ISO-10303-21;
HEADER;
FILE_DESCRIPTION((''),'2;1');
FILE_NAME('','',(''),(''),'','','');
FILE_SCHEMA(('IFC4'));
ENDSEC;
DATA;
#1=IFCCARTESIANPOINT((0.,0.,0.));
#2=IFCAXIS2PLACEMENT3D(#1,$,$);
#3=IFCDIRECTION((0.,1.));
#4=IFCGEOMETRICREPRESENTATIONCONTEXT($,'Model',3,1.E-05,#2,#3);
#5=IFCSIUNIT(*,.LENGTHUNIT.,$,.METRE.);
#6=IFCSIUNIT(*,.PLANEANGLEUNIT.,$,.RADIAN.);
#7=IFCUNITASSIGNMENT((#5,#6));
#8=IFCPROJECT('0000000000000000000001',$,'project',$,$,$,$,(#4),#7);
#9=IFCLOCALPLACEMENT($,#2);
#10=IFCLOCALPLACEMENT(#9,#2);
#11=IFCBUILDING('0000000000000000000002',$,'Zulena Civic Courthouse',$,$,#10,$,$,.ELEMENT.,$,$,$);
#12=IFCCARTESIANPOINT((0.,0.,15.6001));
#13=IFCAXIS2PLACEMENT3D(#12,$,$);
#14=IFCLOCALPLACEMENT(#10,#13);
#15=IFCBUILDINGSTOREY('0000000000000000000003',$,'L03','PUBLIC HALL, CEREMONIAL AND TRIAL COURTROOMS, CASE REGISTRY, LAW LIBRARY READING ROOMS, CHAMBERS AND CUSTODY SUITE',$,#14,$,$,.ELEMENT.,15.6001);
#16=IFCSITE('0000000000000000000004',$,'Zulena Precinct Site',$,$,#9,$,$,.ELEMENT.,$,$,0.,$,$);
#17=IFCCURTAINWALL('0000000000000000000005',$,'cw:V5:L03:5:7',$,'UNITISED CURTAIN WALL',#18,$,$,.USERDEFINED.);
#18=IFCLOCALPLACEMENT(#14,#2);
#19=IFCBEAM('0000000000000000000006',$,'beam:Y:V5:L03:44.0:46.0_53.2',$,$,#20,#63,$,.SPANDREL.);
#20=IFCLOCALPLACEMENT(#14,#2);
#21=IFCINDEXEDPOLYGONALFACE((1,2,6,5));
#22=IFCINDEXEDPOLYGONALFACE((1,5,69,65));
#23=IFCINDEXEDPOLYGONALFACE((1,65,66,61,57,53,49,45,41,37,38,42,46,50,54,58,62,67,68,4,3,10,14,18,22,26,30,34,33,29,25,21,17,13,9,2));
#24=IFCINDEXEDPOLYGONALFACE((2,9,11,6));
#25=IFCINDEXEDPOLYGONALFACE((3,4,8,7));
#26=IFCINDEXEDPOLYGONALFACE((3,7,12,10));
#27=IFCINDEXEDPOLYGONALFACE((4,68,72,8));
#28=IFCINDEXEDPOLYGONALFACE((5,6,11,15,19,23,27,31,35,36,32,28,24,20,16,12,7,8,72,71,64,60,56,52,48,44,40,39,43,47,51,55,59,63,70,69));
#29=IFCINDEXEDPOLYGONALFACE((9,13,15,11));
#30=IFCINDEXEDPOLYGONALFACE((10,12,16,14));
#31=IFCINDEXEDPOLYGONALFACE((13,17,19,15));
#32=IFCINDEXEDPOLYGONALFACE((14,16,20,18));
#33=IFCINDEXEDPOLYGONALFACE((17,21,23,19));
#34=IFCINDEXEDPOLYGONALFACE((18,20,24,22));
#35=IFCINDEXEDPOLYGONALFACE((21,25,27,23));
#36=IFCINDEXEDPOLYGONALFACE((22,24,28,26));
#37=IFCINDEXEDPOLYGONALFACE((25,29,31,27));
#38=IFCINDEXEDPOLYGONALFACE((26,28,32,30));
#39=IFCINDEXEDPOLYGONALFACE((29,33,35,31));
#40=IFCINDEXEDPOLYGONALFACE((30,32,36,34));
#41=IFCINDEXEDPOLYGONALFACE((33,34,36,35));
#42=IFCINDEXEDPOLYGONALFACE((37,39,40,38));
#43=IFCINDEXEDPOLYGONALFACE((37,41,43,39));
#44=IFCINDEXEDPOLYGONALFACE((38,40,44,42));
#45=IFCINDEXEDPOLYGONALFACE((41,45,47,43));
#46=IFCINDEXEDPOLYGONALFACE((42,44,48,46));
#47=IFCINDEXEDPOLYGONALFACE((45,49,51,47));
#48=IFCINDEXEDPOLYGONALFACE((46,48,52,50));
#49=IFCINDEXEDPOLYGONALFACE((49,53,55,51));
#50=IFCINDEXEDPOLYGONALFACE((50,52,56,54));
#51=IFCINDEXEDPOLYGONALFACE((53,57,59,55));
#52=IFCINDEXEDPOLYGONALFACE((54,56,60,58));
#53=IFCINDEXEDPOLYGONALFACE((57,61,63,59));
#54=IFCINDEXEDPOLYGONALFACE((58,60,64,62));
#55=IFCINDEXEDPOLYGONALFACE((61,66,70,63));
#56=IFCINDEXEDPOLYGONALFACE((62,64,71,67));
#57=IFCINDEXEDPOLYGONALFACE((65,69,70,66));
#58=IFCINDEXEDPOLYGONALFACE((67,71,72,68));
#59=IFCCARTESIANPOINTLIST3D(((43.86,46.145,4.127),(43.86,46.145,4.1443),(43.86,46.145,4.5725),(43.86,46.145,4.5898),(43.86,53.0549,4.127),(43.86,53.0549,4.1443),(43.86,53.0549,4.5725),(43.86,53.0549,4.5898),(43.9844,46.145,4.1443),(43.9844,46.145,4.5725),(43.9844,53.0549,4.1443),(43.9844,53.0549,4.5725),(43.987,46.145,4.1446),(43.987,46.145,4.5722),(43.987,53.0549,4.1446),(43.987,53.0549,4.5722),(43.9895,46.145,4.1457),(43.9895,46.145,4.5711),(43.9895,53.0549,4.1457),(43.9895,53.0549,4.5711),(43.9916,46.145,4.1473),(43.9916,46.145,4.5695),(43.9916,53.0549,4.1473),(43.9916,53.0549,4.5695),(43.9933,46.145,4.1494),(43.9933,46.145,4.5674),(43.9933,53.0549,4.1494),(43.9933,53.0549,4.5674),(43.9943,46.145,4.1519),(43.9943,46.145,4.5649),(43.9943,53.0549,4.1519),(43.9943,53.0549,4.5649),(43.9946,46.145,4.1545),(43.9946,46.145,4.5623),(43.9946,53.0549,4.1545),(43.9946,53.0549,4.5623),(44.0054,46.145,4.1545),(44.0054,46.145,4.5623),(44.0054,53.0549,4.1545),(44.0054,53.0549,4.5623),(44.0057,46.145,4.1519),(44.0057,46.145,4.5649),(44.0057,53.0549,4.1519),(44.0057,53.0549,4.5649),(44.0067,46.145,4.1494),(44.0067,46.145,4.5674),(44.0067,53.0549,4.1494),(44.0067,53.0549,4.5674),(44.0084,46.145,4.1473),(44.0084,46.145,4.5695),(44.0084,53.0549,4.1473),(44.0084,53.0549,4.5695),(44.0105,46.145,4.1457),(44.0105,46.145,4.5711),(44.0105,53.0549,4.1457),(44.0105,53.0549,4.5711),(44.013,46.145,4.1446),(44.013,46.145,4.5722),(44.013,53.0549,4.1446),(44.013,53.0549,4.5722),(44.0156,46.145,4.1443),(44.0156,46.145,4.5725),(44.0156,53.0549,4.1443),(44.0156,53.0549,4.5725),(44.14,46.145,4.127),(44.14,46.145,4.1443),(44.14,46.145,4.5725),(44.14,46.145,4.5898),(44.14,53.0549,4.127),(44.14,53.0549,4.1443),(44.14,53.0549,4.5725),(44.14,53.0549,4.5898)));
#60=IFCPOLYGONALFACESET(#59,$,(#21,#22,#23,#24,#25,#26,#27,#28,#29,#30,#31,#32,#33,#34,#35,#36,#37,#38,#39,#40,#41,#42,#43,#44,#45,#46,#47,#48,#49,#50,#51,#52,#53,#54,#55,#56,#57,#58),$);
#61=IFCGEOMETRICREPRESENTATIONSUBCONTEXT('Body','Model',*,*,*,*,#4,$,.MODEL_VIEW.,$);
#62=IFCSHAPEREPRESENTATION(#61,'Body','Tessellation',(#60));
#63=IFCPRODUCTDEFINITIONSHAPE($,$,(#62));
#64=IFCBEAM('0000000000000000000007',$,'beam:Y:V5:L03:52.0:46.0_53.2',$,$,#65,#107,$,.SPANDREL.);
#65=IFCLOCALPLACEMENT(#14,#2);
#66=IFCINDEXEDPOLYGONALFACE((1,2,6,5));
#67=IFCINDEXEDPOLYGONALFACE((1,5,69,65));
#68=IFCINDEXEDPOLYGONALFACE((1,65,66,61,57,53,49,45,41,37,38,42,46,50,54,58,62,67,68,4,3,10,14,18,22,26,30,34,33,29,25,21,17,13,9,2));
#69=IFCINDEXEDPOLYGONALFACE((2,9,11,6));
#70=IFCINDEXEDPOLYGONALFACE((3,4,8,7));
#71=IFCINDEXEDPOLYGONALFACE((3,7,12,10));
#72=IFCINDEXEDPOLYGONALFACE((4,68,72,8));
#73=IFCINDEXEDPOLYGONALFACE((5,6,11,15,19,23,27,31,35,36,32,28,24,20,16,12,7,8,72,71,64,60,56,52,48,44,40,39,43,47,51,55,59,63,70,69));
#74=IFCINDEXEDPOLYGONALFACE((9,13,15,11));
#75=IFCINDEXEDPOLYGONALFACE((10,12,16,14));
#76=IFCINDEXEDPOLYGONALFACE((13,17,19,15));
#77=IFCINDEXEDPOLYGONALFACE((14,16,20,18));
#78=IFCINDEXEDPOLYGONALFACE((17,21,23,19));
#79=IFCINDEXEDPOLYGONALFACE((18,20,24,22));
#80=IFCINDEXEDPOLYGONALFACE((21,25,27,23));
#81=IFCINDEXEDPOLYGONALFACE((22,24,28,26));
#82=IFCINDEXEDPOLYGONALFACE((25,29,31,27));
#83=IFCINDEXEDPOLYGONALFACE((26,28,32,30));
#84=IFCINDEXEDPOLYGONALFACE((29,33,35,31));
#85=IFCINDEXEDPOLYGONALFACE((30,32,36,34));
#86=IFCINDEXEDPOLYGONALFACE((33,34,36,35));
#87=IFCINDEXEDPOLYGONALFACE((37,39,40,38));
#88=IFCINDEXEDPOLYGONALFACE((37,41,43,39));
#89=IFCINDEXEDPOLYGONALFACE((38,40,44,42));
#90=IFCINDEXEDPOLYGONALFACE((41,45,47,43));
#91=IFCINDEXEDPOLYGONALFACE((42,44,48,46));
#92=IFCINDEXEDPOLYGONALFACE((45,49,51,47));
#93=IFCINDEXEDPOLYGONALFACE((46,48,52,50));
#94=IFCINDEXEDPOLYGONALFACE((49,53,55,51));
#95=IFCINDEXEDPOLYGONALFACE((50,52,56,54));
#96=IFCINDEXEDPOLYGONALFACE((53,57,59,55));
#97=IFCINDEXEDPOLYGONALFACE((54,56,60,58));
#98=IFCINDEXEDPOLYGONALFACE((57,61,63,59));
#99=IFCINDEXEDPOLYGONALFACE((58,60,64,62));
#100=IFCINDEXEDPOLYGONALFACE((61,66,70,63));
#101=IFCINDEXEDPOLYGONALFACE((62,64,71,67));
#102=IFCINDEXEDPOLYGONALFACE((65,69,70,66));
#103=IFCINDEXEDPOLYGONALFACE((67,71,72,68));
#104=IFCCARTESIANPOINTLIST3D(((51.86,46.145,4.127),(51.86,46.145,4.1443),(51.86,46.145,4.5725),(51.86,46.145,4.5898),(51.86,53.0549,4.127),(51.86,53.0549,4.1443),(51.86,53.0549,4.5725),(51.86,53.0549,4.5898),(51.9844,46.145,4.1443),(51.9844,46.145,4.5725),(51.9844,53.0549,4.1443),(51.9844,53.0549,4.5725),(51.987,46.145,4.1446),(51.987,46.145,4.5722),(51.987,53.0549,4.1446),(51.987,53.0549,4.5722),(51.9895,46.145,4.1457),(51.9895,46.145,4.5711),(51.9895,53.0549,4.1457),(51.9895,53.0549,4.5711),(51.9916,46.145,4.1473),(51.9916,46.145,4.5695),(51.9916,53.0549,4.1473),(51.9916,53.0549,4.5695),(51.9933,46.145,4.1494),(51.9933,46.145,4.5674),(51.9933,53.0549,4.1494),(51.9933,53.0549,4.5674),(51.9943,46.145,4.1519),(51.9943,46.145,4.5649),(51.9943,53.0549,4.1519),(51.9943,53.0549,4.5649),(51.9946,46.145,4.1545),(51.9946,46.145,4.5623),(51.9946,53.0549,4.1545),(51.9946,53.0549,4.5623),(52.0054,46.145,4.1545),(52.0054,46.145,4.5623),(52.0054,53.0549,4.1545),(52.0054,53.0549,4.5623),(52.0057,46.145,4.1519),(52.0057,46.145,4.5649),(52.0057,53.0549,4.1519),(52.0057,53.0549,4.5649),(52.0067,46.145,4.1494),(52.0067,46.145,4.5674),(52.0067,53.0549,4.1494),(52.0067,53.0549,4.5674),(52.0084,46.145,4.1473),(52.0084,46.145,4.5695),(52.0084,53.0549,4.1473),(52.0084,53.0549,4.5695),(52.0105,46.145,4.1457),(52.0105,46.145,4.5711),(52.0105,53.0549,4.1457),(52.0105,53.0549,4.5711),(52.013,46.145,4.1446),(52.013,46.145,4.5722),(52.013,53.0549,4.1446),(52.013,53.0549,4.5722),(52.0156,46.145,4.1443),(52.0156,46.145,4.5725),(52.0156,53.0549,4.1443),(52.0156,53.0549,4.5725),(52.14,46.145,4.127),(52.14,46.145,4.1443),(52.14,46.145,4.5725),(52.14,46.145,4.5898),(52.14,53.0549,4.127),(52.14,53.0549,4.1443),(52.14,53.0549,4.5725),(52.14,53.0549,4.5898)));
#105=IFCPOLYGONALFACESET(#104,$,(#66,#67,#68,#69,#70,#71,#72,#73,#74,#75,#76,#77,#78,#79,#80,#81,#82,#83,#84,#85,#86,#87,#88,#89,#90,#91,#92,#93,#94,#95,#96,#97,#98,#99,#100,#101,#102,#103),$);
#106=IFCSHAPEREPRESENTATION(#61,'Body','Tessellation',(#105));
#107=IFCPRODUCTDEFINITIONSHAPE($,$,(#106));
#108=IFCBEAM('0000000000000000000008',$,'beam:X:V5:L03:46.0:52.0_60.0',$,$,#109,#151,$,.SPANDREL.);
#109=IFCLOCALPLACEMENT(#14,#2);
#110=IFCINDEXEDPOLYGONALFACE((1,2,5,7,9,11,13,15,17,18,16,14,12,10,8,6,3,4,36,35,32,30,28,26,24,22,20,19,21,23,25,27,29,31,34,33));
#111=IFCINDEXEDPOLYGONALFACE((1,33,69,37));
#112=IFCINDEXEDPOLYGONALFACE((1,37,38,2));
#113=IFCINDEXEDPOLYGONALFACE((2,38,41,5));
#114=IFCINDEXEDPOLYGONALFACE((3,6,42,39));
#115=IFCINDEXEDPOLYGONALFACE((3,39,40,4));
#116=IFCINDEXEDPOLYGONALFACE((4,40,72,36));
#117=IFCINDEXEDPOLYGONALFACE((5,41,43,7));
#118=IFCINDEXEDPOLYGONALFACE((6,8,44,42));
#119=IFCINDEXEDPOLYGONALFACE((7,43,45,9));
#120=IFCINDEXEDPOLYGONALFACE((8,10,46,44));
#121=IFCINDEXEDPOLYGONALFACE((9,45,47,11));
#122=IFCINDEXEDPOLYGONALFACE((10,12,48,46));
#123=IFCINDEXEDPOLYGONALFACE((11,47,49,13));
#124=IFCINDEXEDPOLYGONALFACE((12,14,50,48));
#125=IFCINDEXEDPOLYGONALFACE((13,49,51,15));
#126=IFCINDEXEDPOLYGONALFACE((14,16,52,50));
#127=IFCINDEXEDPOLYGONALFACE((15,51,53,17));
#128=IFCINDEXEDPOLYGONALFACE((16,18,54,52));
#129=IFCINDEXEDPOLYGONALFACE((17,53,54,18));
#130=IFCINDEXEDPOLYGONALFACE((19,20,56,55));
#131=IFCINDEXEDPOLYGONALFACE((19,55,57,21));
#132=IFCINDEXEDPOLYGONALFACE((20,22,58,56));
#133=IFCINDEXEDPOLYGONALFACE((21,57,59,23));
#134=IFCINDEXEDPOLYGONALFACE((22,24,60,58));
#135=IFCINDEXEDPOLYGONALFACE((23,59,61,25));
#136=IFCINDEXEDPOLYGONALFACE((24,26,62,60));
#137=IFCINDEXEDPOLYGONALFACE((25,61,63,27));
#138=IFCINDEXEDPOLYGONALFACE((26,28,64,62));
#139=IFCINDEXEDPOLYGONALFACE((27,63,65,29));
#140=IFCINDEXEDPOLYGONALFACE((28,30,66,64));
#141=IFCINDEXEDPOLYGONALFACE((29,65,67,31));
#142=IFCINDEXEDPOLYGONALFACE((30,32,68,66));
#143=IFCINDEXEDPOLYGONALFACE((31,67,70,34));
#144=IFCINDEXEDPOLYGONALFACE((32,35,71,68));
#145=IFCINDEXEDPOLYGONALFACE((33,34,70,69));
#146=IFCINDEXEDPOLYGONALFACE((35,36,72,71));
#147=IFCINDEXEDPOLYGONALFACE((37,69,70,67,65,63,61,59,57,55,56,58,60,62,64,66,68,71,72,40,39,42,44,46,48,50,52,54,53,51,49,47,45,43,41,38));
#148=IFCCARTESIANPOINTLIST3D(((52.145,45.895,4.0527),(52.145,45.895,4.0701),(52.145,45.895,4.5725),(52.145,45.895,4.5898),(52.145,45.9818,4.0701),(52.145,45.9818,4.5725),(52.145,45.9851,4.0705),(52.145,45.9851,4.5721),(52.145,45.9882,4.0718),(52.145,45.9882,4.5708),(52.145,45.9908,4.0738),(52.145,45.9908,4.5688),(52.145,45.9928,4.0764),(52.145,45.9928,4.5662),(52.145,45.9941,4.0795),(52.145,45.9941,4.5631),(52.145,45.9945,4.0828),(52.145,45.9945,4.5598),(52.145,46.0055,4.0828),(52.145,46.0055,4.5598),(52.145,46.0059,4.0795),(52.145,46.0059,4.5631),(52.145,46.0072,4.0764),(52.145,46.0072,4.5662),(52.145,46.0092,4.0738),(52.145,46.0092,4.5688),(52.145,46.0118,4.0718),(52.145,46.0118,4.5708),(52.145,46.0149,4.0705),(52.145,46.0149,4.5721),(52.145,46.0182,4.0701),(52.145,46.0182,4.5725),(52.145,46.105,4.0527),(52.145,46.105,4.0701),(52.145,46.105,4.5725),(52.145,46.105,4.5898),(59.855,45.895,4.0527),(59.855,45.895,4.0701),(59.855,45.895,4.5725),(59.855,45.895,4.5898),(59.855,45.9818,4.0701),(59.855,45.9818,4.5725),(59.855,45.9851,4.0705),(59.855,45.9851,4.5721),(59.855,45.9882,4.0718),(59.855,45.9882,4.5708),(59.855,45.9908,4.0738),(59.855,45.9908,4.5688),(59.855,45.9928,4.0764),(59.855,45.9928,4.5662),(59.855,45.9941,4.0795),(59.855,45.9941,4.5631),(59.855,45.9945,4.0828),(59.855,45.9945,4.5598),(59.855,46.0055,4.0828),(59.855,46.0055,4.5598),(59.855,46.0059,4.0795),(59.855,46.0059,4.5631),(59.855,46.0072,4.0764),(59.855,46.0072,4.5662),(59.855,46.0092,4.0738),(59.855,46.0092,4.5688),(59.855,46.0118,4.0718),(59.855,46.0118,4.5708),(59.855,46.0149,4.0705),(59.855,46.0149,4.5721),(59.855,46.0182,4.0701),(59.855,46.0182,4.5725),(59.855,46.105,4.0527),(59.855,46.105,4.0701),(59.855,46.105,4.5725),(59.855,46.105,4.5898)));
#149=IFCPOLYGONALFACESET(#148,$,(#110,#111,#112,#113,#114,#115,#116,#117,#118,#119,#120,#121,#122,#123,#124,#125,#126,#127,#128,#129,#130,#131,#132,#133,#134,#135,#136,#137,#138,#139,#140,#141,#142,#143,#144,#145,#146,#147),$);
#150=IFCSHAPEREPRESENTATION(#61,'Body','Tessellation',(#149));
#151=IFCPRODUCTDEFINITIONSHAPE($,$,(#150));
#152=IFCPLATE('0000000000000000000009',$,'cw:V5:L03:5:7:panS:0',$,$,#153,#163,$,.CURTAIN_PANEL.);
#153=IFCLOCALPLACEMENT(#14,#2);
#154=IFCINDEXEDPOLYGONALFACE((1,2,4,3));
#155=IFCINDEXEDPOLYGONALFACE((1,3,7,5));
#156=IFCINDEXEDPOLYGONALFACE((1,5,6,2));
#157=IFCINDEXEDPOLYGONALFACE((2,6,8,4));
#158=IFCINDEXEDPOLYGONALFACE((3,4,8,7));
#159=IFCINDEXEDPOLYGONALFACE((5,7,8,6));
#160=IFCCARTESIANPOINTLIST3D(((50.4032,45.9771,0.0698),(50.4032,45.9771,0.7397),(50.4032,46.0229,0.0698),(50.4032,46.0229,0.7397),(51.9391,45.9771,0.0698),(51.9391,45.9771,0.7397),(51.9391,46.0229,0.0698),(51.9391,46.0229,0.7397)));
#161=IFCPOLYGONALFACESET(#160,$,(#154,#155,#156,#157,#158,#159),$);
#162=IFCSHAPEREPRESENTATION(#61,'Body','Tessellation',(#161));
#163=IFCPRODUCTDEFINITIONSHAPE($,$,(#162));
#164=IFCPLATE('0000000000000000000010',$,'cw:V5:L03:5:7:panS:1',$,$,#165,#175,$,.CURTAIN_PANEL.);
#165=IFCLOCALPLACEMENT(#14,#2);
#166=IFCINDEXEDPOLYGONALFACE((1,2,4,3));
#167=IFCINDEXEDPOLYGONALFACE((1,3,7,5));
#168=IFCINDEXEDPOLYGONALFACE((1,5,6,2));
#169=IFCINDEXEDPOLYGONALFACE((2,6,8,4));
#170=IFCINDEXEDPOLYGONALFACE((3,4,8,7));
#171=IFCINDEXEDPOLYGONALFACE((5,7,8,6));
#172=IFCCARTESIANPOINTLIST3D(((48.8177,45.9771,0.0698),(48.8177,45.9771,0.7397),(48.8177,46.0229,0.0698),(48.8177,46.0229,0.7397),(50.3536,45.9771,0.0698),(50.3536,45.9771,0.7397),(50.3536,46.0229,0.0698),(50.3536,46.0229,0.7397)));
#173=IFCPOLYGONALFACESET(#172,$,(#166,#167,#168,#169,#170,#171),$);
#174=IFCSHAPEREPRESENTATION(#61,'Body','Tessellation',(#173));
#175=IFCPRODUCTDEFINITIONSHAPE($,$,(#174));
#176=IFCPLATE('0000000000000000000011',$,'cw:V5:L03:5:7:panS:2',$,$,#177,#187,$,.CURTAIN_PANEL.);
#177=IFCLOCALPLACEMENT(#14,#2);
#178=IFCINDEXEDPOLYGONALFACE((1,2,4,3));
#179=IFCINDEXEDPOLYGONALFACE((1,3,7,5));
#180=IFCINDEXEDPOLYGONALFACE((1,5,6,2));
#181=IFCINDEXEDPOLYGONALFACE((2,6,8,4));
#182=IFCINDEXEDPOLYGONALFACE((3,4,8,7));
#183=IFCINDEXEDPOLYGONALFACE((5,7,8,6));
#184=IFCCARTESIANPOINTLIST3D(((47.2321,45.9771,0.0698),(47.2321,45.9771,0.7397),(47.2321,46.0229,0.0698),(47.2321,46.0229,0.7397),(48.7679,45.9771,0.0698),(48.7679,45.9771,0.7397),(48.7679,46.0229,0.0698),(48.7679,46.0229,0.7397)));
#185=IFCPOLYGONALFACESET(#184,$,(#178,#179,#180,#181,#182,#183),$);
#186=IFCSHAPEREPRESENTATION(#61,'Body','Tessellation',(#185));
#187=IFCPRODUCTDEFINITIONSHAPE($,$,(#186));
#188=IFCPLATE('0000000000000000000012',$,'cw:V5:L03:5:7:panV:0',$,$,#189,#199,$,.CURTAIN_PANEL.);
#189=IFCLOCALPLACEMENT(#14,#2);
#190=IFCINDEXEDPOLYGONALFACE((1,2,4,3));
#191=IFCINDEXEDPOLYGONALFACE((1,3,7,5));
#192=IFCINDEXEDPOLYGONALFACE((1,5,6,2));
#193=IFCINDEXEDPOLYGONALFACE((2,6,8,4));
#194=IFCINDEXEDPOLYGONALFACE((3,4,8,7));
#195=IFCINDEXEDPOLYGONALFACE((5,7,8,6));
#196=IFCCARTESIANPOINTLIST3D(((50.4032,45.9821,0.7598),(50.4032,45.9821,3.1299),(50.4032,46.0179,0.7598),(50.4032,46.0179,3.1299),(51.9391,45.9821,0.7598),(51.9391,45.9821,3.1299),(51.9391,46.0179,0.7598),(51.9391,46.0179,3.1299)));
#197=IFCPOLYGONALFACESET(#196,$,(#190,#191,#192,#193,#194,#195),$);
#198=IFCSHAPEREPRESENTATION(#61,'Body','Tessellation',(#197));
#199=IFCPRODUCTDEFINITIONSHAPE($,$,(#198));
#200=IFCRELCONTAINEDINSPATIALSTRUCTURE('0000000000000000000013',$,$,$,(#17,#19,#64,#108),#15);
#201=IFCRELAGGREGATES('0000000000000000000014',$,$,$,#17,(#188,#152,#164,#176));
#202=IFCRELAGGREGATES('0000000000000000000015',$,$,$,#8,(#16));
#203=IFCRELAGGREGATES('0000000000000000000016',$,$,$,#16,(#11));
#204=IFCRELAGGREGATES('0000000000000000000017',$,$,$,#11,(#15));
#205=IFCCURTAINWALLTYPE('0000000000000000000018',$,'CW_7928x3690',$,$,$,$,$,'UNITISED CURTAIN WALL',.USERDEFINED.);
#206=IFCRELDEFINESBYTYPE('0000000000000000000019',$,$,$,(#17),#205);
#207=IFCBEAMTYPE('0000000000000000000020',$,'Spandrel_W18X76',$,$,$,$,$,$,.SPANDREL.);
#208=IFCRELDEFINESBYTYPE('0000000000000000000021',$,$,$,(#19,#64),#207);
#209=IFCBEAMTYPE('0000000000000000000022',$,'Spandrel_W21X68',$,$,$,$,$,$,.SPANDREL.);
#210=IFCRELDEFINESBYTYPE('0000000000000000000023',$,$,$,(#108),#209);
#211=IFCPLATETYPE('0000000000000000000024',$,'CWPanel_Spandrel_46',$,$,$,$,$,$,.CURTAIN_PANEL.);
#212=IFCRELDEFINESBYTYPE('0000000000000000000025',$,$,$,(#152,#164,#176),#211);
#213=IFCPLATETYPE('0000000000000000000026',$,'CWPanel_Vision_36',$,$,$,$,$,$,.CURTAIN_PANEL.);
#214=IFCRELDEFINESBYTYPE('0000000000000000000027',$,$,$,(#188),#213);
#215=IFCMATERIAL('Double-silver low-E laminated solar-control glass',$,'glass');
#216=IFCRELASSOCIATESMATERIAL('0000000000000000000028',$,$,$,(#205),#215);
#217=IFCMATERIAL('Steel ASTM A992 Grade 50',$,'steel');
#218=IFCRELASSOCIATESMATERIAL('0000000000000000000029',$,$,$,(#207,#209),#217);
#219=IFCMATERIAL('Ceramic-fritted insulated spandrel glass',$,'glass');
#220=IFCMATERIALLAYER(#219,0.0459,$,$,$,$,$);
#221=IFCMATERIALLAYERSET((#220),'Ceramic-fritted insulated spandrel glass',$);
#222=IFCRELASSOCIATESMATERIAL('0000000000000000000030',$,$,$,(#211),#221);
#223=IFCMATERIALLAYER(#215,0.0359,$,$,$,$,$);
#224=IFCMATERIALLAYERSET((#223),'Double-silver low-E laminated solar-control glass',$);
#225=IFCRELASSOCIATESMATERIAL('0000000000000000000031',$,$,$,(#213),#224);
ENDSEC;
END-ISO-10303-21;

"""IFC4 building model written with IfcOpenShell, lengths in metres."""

from ifc_helpers import new_model, si_unit, direction, frame, origin, origin_2d, place, context, subcontext, project, spatial, rectangle, i_section, extrude, material, layer, layer_set, material_profile, profile_set, type_object, element, aggregate, save


model = new_model("IFC4")

# Units and contexts
model_context = context("Model", 3, precision=1e-05, world=origin(), true_north=direction((0.0, 1.0)))
body_context = subcontext(model_context, "Body", "Model", "MODEL_VIEW")
ifc_project = project(units=[si_unit("LENGTHUNIT", "METRE"), si_unit("PLANEANGLEUNIT", "RADIAN")], contexts=[model_context])

# Site, building, storey
site_placement = place(None, origin())
site = spatial("IfcSite", under=ifc_project, at=site_placement, Name="Zulena Precinct Site", CompositionType="ELEMENT", RefElevation=0.0)
building_placement = place(site_placement, origin())
building = spatial("IfcBuilding", under=site, at=building_placement, Name="Zulena Civic Courthouse", CompositionType="ELEMENT")
storey_placement = place(building_placement, frame((0.0, 0.0, 15.6001)))
storey = spatial("IfcBuildingStorey", under=building, at=storey_placement, Name="L03", Description="PUBLIC HALL, CEREMONIAL AND TRIAL COURTROOMS, CASE REGISTRY, LAW LIBRARY READING ROOMS, CHAMBERS AND CUSTODY SUITE", CompositionType="ELEMENT", Elevation=15.6001)

# Shared definitions
ifc_material_1 = material(Name="Steel ASTM A992 Grade 50", Category="steel")

# Curtain wall
ifc_material_2 = material(Name="Double-silver low-E laminated solar-control glass", Category="glass")
curtain_wall_type = type_object("IfcCurtainWallType", Name="CW_7928x3690", ElementType="UNITISED CURTAIN WALL", PredefinedType="USERDEFINED", material=ifc_material_2)
curtain_wall_placement = place(storey_placement, origin())
curtain_wall = element("IfcCurtainWall", 1, at=curtain_wall_placement, inside=storey, type_object=curtain_wall_type, Name="cw:V5:L03:5:7", ObjectType="UNITISED CURTAIN WALL", PredefinedType="USERDEFINED")

# Beams
ifc_material_profile_1 = material_profile(ifc_material_1, i_section(OverallWidth=0.28, OverallDepth=0.4629, WebThickness=0.0107, FlangeThickness=0.0173, FilletRadius=0.0103, at=origin_2d()), Name="W18X76")
ifc_profile_set_1 = profile_set([ifc_material_profile_1], Name="Steel ASTM A992 Grade 50")
beam_type_1 = type_object("IfcBeamType", Name="Spandrel_W18X76", PredefinedType="SPANDREL", material=ifc_profile_set_1)
for number, where, z_axis, x_axis, name in (
    (2, (44.0, 46.145, 4.3584), (0.0, 1.0, 0.0), (-1.0, 0.0, 0.0), "beam:Y:V5:L03:44.0:46.0_53.2"),
    (3, (52.0, 46.145, 4.3584), (0.0, 1.0, 0.0), (-1.0, 0.0, 0.0), "beam:Y:V5:L03:52.0:46.0_53.2"),
):
    element("IfcBeam", number, at=place(storey_placement, frame(where, z_axis=z_axis, x_axis=x_axis)), inside=storey, type_object=beam_type_1, Name=name, PredefinedType="SPANDREL", context=body_context, shape_type="SweptSolid", body=[
        extrude(i_section(OverallWidth=0.28, OverallDepth=0.4629, WebThickness=0.0107, FlangeThickness=0.0173, FilletRadius=0.0103, at=origin_2d()), origin(), (0.0, 0.0, 1.0), 6.9099),
    ])
ifc_material_profile_2 = material_profile(ifc_material_1, i_section(OverallWidth=0.21, OverallDepth=0.5371, WebThickness=0.011, FlangeThickness=0.0173, FilletRadius=0.0127, at=origin_2d()), Name="W21X68")
ifc_profile_set_2 = profile_set([ifc_material_profile_2], Name="Steel ASTM A992 Grade 50")
beam_type_2 = type_object("IfcBeamType", Name="Spandrel_W21X68", PredefinedType="SPANDREL", material=ifc_profile_set_2)
beam_1_placement = place(storey_placement, frame((52.145, 46.0, 4.3213), z_axis=(1.0, 0.0, 0.0), x_axis=(0.0, 1.0, 0.0)))
element("IfcBeam", 4, at=beam_1_placement, inside=storey, type_object=beam_type_2, Name="beam:X:V5:L03:46.0:52.0_60.0", PredefinedType="SPANDREL", context=body_context, shape_type="SweptSolid", body=[
    extrude(i_section(OverallWidth=0.21, OverallDepth=0.5371, WebThickness=0.011, FlangeThickness=0.0173, FilletRadius=0.0127, at=origin_2d()), origin(), (0.0, 0.0, 1.0), 7.71),
])

# Plates
ifc_material_3 = material(Name="Ceramic-fritted insulated spandrel glass", Category="glass")
ifc_layer_1 = layer(ifc_material_3, 0.0459)
ifc_layer_set_1 = layer_set([ifc_layer_1], Name="Ceramic-fritted insulated spandrel glass")
plate_type_1 = type_object("IfcPlateType", Name="CWPanel_Spandrel_46", PredefinedType="CURTAIN_PANEL", material=ifc_layer_set_1)
plate_1_placement = place(storey_placement, frame((51.1711, 46.0, 0.0698), z_axis=(0.0, 0.0, 1.0), x_axis=(-1.0, 0.0, 0.0)))
plate_1 = element("IfcPlate", 5, at=plate_1_placement, type_object=plate_type_1, Name="cw:V5:L03:5:7:panS:0", PredefinedType="CURTAIN_PANEL", context=body_context, shape_type="SweptSolid", body=[
    extrude(rectangle(XDim=1.5359, YDim=0.0459, at=origin_2d()), origin(), (0.0, 0.0, 1.0), 0.6699),
])
plate_2_placement = place(storey_placement, frame((49.5857, 46.0, 0.0698), z_axis=(0.0, 0.0, 1.0), x_axis=(-1.0, 0.0, 0.0)))
plate_2 = element("IfcPlate", 6, at=plate_2_placement, type_object=plate_type_1, Name="cw:V5:L03:5:7:panS:1", PredefinedType="CURTAIN_PANEL", context=body_context, shape_type="SweptSolid", body=[
    extrude(rectangle(XDim=1.5359, YDim=0.0459, at=origin_2d()), origin(), (0.0, 0.0, 1.0), 0.6699),
])
plate_3_placement = place(storey_placement, frame((48.0, 46.0, 0.0698), z_axis=(0.0, 0.0, 1.0), x_axis=(-1.0, 0.0, 0.0)))
plate_3 = element("IfcPlate", 7, at=plate_3_placement, type_object=plate_type_1, Name="cw:V5:L03:5:7:panS:2", PredefinedType="CURTAIN_PANEL", context=body_context, shape_type="SweptSolid", body=[
    extrude(rectangle(XDim=1.5359, YDim=0.0459, at=origin_2d()), origin(), (0.0, 0.0, 1.0), 0.6699),
])
ifc_layer_2 = layer(ifc_material_2, 0.0359)
ifc_layer_set_2 = layer_set([ifc_layer_2], Name="Double-silver low-E laminated solar-control glass")
plate_type_2 = type_object("IfcPlateType", Name="CWPanel_Vision_36", PredefinedType="CURTAIN_PANEL", material=ifc_layer_set_2)
plate_4_placement = place(storey_placement, frame((51.1711, 46.0, 0.7598), z_axis=(0.0, 0.0, 1.0), x_axis=(-1.0, 0.0, 0.0)))
plate_4 = element("IfcPlate", 8, at=plate_4_placement, type_object=plate_type_2, Name="cw:V5:L03:5:7:panV:0", PredefinedType="CURTAIN_PANEL", context=body_context, shape_type="SweptSolid", body=[
    extrude(rectangle(XDim=1.5359, YDim=0.0359, at=origin_2d()), origin(), (0.0, 0.0, 1.0), 2.3701),
])
aggregate(curtain_wall, [plate_4, plate_1, plate_2, plate_3])

save(model, "model.ifc")
